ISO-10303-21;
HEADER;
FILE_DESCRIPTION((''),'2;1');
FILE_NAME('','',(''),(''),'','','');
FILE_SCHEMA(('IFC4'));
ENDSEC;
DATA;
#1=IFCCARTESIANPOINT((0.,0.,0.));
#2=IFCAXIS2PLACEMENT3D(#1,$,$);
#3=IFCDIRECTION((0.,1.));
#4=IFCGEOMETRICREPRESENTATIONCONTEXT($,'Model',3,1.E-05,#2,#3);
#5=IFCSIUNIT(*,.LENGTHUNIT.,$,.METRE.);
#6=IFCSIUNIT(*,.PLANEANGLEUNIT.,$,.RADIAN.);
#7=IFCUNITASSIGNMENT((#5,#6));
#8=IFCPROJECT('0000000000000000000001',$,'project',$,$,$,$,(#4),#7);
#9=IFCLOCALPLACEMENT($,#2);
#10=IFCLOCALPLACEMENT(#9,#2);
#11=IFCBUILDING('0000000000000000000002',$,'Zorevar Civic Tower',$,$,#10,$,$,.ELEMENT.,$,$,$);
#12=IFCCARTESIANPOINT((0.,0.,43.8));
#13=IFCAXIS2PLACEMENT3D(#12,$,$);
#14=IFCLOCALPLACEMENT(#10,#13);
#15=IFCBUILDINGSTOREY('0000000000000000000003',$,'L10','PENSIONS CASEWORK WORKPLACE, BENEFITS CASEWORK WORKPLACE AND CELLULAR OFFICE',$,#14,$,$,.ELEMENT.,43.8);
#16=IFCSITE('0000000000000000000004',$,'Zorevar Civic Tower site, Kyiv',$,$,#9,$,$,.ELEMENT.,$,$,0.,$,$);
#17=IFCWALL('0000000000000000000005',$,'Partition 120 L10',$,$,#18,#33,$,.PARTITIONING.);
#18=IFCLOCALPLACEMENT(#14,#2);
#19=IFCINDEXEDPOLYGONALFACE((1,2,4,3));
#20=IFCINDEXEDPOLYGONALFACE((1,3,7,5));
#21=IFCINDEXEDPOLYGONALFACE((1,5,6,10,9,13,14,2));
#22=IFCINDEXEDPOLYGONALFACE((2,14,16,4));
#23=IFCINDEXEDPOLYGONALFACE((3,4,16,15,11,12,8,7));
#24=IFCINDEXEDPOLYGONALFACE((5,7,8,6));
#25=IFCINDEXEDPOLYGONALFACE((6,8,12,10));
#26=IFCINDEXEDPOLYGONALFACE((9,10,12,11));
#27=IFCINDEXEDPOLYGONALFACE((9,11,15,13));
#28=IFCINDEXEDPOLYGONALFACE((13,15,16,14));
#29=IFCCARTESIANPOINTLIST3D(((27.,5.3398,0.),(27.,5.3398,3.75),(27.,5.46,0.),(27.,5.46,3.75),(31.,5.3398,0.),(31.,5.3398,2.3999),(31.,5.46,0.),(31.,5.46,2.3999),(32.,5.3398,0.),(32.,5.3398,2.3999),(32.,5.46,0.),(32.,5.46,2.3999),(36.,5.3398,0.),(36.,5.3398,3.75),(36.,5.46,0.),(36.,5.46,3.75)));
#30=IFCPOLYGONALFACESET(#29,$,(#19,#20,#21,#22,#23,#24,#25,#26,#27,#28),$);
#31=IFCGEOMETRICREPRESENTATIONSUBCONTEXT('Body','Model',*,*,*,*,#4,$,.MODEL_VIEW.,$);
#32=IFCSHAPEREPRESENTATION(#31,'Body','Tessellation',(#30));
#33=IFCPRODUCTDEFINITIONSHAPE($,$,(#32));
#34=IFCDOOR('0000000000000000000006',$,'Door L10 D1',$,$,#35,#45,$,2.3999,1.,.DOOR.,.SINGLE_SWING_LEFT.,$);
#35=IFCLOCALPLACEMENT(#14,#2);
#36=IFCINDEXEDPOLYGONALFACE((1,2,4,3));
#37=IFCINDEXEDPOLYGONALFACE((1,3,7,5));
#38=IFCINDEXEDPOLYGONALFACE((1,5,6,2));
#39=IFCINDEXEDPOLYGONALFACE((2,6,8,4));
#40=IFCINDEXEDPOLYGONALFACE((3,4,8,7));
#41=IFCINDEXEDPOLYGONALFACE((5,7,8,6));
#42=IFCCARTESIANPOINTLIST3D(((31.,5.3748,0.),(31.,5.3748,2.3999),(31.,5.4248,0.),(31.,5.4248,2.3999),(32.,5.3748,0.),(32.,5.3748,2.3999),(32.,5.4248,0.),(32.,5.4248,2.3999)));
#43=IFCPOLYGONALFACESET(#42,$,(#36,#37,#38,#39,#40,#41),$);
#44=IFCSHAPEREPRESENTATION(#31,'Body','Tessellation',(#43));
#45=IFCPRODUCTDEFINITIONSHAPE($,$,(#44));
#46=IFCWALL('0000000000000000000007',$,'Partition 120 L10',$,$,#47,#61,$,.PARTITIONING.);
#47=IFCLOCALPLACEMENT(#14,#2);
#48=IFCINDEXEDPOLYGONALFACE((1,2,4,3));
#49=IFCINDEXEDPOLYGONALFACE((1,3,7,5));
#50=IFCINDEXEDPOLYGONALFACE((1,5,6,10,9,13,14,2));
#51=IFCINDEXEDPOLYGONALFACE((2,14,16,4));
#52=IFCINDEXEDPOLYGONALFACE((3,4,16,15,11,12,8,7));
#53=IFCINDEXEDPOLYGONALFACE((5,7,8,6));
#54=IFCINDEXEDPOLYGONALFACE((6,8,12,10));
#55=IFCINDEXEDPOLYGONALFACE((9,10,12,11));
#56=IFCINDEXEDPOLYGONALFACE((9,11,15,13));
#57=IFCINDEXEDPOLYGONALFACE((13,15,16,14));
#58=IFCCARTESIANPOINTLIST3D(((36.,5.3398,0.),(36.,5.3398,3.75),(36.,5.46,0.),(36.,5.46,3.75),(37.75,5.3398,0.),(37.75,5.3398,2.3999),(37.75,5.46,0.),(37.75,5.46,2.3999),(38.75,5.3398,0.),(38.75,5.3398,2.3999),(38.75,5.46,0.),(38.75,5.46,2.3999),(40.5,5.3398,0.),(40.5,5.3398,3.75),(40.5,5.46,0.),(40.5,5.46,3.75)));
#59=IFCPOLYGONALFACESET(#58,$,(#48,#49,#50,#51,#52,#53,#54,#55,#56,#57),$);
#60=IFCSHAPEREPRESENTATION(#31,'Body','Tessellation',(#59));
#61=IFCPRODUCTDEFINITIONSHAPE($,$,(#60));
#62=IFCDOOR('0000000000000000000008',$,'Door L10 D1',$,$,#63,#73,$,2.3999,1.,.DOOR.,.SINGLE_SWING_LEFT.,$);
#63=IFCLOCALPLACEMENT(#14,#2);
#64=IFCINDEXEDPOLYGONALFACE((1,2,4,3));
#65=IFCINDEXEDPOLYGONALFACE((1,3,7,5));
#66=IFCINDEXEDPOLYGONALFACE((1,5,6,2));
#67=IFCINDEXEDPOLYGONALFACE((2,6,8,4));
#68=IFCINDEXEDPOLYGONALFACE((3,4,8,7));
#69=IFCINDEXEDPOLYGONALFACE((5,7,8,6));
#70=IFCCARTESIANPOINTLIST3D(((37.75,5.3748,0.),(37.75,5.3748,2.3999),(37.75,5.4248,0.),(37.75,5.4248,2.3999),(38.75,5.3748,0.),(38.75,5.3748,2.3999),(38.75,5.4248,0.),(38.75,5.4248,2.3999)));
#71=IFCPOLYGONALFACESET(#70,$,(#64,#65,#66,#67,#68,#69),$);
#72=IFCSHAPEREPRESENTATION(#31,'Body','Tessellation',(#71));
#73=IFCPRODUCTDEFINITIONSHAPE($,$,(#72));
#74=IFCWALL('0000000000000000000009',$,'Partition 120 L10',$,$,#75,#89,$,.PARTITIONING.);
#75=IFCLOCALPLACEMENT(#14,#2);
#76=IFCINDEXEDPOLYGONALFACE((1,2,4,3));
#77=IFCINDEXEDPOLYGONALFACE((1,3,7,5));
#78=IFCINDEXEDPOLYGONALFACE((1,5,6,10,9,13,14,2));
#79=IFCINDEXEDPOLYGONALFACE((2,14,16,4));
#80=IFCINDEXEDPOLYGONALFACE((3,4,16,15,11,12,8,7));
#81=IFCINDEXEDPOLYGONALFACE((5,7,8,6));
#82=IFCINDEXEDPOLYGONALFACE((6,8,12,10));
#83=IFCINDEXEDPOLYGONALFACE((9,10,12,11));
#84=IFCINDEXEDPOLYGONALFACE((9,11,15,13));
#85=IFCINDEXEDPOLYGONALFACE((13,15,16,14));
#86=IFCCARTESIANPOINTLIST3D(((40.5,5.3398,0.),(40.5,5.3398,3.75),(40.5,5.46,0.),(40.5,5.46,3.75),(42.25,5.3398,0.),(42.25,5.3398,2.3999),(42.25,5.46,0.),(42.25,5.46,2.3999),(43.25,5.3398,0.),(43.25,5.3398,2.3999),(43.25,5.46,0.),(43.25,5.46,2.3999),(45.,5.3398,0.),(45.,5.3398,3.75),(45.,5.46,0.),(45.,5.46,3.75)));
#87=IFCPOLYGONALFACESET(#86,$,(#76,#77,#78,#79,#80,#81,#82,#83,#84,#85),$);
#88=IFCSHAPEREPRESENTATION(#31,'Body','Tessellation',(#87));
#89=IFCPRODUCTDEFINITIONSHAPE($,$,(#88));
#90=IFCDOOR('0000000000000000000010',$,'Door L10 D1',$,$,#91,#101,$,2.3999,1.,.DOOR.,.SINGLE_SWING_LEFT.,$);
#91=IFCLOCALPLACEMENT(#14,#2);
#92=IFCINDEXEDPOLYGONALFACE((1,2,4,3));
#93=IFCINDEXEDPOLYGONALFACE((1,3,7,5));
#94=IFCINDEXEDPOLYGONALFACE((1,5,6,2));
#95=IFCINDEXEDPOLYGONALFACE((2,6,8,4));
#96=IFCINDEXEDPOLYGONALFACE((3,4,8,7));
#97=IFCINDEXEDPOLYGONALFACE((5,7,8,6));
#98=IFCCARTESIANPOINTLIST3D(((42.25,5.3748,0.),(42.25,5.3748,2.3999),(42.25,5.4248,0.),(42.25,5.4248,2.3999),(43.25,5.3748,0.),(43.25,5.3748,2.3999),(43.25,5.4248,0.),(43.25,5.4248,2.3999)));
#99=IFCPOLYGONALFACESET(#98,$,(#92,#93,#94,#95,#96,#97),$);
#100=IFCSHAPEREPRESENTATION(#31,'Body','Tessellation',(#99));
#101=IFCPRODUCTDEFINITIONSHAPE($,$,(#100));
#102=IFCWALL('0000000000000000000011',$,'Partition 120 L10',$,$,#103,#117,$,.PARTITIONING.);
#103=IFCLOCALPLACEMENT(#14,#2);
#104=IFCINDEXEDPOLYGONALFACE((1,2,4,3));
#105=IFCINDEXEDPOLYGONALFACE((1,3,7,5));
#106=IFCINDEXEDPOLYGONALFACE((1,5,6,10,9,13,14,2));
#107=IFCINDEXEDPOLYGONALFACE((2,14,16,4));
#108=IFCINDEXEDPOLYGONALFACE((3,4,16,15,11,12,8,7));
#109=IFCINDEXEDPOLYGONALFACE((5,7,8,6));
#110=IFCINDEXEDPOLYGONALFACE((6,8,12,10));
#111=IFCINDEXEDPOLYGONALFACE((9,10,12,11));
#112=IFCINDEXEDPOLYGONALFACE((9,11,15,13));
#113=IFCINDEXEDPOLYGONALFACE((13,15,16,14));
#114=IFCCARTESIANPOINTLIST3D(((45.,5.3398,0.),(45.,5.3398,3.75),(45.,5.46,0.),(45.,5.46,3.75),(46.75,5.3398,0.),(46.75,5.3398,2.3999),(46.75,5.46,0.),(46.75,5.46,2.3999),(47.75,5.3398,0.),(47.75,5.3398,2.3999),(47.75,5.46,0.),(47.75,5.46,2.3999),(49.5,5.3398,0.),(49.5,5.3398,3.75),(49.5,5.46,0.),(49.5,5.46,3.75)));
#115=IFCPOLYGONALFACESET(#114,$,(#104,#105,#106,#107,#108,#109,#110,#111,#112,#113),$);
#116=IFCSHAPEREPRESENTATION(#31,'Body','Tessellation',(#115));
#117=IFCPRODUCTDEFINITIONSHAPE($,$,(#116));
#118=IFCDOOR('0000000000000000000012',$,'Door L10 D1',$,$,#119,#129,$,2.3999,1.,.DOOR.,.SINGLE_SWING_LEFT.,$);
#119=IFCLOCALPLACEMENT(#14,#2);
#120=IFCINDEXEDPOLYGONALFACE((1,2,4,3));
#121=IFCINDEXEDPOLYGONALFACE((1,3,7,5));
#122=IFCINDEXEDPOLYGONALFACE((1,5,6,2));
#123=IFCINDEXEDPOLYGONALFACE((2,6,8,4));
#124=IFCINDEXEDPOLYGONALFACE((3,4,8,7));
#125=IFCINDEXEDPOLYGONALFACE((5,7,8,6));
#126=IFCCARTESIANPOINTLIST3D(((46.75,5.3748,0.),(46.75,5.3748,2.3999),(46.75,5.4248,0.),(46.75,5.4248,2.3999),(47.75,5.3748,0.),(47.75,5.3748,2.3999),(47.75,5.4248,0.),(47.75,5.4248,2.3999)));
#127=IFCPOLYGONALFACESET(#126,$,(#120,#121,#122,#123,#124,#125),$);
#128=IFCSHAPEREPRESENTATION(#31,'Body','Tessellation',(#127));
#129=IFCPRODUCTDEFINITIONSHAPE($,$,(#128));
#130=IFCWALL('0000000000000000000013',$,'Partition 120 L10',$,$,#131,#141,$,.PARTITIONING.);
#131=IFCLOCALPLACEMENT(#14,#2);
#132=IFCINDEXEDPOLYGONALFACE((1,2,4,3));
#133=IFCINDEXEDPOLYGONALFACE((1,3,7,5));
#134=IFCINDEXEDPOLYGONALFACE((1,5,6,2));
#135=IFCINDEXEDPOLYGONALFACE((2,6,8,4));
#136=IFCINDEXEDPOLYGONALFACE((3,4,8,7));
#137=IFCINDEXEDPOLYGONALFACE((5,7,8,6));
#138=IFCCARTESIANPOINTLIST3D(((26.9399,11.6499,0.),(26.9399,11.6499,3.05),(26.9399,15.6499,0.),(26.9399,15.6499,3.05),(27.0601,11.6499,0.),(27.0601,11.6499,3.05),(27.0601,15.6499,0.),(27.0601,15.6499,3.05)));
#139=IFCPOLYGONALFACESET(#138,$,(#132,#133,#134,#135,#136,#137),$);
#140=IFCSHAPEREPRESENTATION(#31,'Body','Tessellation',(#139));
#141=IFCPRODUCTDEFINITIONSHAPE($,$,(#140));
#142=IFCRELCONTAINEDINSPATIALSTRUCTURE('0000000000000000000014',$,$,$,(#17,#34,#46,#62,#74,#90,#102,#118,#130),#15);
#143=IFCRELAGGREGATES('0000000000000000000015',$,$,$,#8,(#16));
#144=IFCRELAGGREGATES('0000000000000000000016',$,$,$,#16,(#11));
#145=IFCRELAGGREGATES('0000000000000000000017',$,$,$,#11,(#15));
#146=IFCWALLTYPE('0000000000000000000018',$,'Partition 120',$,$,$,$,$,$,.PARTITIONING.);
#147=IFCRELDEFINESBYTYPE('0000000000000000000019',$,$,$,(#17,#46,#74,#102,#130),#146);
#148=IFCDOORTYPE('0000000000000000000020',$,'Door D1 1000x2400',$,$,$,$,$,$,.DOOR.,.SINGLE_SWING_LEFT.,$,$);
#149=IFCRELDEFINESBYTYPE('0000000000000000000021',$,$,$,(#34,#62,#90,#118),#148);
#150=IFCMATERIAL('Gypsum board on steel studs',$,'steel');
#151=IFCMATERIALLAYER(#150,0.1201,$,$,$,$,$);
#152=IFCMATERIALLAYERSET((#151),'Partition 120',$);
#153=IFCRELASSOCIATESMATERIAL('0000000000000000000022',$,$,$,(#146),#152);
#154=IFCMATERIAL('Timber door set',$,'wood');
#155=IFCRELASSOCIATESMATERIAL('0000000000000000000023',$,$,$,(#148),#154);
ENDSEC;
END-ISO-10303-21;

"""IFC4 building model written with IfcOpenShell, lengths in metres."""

from ifc_helpers import new_model, si_unit, direction, frame, frame_2d, origin, place, context, subcontext, project, spatial, rectangle, extrude, material, layer, layer_set, type_object, element, fill, save


model = new_model("IFC4")

# Units and contexts
model_context = context("Model", 3, precision=1e-05, world=origin(), true_north=direction((0.0, 1.0)))
body_context = subcontext(model_context, "Body", "Model", "MODEL_VIEW")
ifc_project = project(units=[si_unit("LENGTHUNIT", "METRE"), si_unit("PLANEANGLEUNIT", "RADIAN")], contexts=[model_context])

# Site, building, storey
site_placement = place(None, origin())
site = spatial("IfcSite", under=ifc_project, at=site_placement, Name="Zorevar Civic Tower site, Kyiv", CompositionType="ELEMENT", RefElevation=0.0)
building_placement = place(site_placement, origin())
building = spatial("IfcBuilding", under=site, at=building_placement, Name="Zorevar Civic Tower", CompositionType="ELEMENT")
storey_placement = place(building_placement, frame((0.0, 0.0, 43.8)))
storey = spatial("IfcBuildingStorey", under=building, at=storey_placement, Name="L10", Description="PENSIONS CASEWORK WORKPLACE, BENEFITS CASEWORK WORKPLACE AND CELLULAR OFFICE", CompositionType="ELEMENT", Elevation=43.8)

# Walls, openings, doors
ifc_material_1 = material(Name="Gypsum board on steel studs", Category="steel")
ifc_layer = layer(ifc_material_1, 0.1201)
ifc_layer_set = layer_set([ifc_layer], Name="Partition 120")
wall_type = type_object("IfcWallType", Name="Partition 120", PredefinedType="PARTITIONING", material=ifc_layer_set)
wall_1_placement = place(storey_placement, frame((27.0, 5.3999, 0.0), z_axis=(0.0, 0.0, 1.0), x_axis=(1.0, 0.0, 0.0)))
wall_1 = element("IfcWall", 1, at=wall_1_placement, inside=storey, type_object=wall_type, Name="Partition 120 L10", PredefinedType="PARTITIONING", context=body_context, shape_type="SweptSolid", body=[
    extrude(rectangle(XDim=9.0, YDim=0.1201, at=frame_2d((4.5, 0.0))), origin(), (0.0, 0.0, 1.0), 3.75),
])
opening_1_placement = place(wall_1_placement, frame((4.0, 0.0, 0.0)))
opening_1 = element("IfcOpeningElement", 2, at=opening_1_placement, cuts=wall_1, PredefinedType="OPENING", context=body_context, shape_type="SweptSolid", body=[
    extrude(rectangle(XDim=1.0, YDim=2.3999, at=frame_2d((0.5, 1.2))), frame((0.0, 0.0701, 0.0), z_axis=(0.0, -1.0, 0.0), x_axis=(1.0, 0.0, 0.0)), (0.0, 0.0, 1.0), 0.1401),
])
ifc_material_2 = material(Name="Timber door set", Category="wood")
door_type = type_object("IfcDoorType", Name="Door D1 1000x2400", OperationType="SINGLE_SWING_LEFT", PredefinedType="DOOR", material=ifc_material_2)
door_1_placement = place(opening_1_placement, origin())
door_1 = element("IfcDoor", 3, at=door_1_placement, inside=storey, type_object=door_type, Name="Door L10 D1", OperationType="SINGLE_SWING_LEFT", OverallHeight=2.3999, OverallWidth=1.0, PredefinedType="DOOR", context=body_context, shape_type="SweptSolid", body=[
    extrude(rectangle(XDim=1.0, YDim=2.3999, at=frame_2d((0.5, 1.2))), frame((0.0, 0.0249, 0.0), z_axis=(0.0, -1.0, 0.0), x_axis=(1.0, 0.0, 0.0)), (0.0, 0.0, 1.0), 0.05),
])
fill(opening_1, door_1)
wall_2_placement = place(storey_placement, frame((36.0, 5.3999, 0.0), z_axis=(0.0, 0.0, 1.0), x_axis=(1.0, 0.0, 0.0)))
wall_2 = element("IfcWall", 4, at=wall_2_placement, inside=storey, type_object=wall_type, Name="Partition 120 L10", PredefinedType="PARTITIONING", context=body_context, shape_type="SweptSolid", body=[
    extrude(rectangle(XDim=4.5, YDim=0.1201, at=frame_2d((2.25, 0.0))), origin(), (0.0, 0.0, 1.0), 3.75),
])
opening_2_placement = place(wall_2_placement, frame((1.75, 0.0, 0.0)))
opening_2 = element("IfcOpeningElement", 5, at=opening_2_placement, cuts=wall_2, PredefinedType="OPENING", context=body_context, shape_type="SweptSolid", body=[
    extrude(rectangle(XDim=1.0, YDim=2.3999, at=frame_2d((0.5, 1.2))), frame((0.0, 0.0701, 0.0), z_axis=(0.0, -1.0, 0.0), x_axis=(1.0, 0.0, 0.0)), (0.0, 0.0, 1.0), 0.1401),
])
door_2_placement = place(opening_2_placement, origin())
door_2 = element("IfcDoor", 6, at=door_2_placement, inside=storey, type_object=door_type, Name="Door L10 D1", OperationType="SINGLE_SWING_LEFT", OverallHeight=2.3999, OverallWidth=1.0, PredefinedType="DOOR", context=body_context, shape_type="SweptSolid", body=[
    extrude(rectangle(XDim=1.0, YDim=2.3999, at=frame_2d((0.5, 1.2))), frame((0.0, 0.0249, 0.0), z_axis=(0.0, -1.0, 0.0), x_axis=(1.0, 0.0, 0.0)), (0.0, 0.0, 1.0), 0.05),
])
fill(opening_2, door_2)
wall_3_placement = place(storey_placement, frame((40.5, 5.3999, 0.0), z_axis=(0.0, 0.0, 1.0), x_axis=(1.0, 0.0, 0.0)))
wall_3 = element("IfcWall", 7, at=wall_3_placement, inside=storey, type_object=wall_type, Name="Partition 120 L10", PredefinedType="PARTITIONING", context=body_context, shape_type="SweptSolid", body=[
    extrude(rectangle(XDim=4.5, YDim=0.1201, at=frame_2d((2.25, 0.0))), origin(), (0.0, 0.0, 1.0), 3.75),
])
opening_3_placement = place(wall_3_placement, frame((1.75, 0.0, 0.0)))
opening_3 = element("IfcOpeningElement", 8, at=opening_3_placement, cuts=wall_3, PredefinedType="OPENING", context=body_context, shape_type="SweptSolid", body=[
    extrude(rectangle(XDim=1.0, YDim=2.3999, at=frame_2d((0.5, 1.2))), frame((0.0, 0.0701, 0.0), z_axis=(0.0, -1.0, 0.0), x_axis=(1.0, 0.0, 0.0)), (0.0, 0.0, 1.0), 0.1401),
])
door_3_placement = place(opening_3_placement, origin())
door_3 = element("IfcDoor", 9, at=door_3_placement, inside=storey, type_object=door_type, Name="Door L10 D1", OperationType="SINGLE_SWING_LEFT", OverallHeight=2.3999, OverallWidth=1.0, PredefinedType="DOOR", context=body_context, shape_type="SweptSolid", body=[
    extrude(rectangle(XDim=1.0, YDim=2.3999, at=frame_2d((0.5, 1.2))), frame((0.0, 0.0249, 0.0), z_axis=(0.0, -1.0, 0.0), x_axis=(1.0, 0.0, 0.0)), (0.0, 0.0, 1.0), 0.05),
])
fill(opening_3, door_3)
wall_4_placement = place(storey_placement, frame((45.0, 5.3999, 0.0), z_axis=(0.0, 0.0, 1.0), x_axis=(1.0, 0.0, 0.0)))
wall_4 = element("IfcWall", 10, at=wall_4_placement, inside=storey, type_object=wall_type, Name="Partition 120 L10", PredefinedType="PARTITIONING", context=body_context, shape_type="SweptSolid", body=[
    extrude(rectangle(XDim=4.5, YDim=0.1201, at=frame_2d((2.25, 0.0))), origin(), (0.0, 0.0, 1.0), 3.75),
])
opening_4_placement = place(wall_4_placement, frame((1.75, 0.0, 0.0)))
opening_4 = element("IfcOpeningElement", 11, at=opening_4_placement, cuts=wall_4, PredefinedType="OPENING", context=body_context, shape_type="SweptSolid", body=[
    extrude(rectangle(XDim=1.0, YDim=2.3999, at=frame_2d((0.5, 1.2))), frame((0.0, 0.0701, 0.0), z_axis=(0.0, -1.0, 0.0), x_axis=(1.0, 0.0, 0.0)), (0.0, 0.0, 1.0), 0.1401),
])
door_4_placement = place(opening_4_placement, origin())
door_4 = element("IfcDoor", 12, at=door_4_placement, inside=storey, type_object=door_type, Name="Door L10 D1", OperationType="SINGLE_SWING_LEFT", OverallHeight=2.3999, OverallWidth=1.0, PredefinedType="DOOR", context=body_context, shape_type="SweptSolid", body=[
    extrude(rectangle(XDim=1.0, YDim=2.3999, at=frame_2d((0.5, 1.2))), frame((0.0, 0.0249, 0.0), z_axis=(0.0, -1.0, 0.0), x_axis=(1.0, 0.0, 0.0)), (0.0, 0.0, 1.0), 0.05),
])
fill(opening_4, door_4)

# Wall
wall_5_placement = place(storey_placement, frame((27.0, 11.6499, 0.0), z_axis=(0.0, 0.0, 1.0), x_axis=(0.0, 1.0, 0.0)))
element("IfcWall", 13, at=wall_5_placement, inside=storey, type_object=wall_type, Name="Partition 120 L10", PredefinedType="PARTITIONING", context=body_context, shape_type="SweptSolid", body=[
    extrude(rectangle(XDim=4.0, YDim=0.1201, at=frame_2d((2.0, 0.0))), origin(), (0.0, 0.0, 1.0), 3.05),
])

save(model, "model.ifc")
